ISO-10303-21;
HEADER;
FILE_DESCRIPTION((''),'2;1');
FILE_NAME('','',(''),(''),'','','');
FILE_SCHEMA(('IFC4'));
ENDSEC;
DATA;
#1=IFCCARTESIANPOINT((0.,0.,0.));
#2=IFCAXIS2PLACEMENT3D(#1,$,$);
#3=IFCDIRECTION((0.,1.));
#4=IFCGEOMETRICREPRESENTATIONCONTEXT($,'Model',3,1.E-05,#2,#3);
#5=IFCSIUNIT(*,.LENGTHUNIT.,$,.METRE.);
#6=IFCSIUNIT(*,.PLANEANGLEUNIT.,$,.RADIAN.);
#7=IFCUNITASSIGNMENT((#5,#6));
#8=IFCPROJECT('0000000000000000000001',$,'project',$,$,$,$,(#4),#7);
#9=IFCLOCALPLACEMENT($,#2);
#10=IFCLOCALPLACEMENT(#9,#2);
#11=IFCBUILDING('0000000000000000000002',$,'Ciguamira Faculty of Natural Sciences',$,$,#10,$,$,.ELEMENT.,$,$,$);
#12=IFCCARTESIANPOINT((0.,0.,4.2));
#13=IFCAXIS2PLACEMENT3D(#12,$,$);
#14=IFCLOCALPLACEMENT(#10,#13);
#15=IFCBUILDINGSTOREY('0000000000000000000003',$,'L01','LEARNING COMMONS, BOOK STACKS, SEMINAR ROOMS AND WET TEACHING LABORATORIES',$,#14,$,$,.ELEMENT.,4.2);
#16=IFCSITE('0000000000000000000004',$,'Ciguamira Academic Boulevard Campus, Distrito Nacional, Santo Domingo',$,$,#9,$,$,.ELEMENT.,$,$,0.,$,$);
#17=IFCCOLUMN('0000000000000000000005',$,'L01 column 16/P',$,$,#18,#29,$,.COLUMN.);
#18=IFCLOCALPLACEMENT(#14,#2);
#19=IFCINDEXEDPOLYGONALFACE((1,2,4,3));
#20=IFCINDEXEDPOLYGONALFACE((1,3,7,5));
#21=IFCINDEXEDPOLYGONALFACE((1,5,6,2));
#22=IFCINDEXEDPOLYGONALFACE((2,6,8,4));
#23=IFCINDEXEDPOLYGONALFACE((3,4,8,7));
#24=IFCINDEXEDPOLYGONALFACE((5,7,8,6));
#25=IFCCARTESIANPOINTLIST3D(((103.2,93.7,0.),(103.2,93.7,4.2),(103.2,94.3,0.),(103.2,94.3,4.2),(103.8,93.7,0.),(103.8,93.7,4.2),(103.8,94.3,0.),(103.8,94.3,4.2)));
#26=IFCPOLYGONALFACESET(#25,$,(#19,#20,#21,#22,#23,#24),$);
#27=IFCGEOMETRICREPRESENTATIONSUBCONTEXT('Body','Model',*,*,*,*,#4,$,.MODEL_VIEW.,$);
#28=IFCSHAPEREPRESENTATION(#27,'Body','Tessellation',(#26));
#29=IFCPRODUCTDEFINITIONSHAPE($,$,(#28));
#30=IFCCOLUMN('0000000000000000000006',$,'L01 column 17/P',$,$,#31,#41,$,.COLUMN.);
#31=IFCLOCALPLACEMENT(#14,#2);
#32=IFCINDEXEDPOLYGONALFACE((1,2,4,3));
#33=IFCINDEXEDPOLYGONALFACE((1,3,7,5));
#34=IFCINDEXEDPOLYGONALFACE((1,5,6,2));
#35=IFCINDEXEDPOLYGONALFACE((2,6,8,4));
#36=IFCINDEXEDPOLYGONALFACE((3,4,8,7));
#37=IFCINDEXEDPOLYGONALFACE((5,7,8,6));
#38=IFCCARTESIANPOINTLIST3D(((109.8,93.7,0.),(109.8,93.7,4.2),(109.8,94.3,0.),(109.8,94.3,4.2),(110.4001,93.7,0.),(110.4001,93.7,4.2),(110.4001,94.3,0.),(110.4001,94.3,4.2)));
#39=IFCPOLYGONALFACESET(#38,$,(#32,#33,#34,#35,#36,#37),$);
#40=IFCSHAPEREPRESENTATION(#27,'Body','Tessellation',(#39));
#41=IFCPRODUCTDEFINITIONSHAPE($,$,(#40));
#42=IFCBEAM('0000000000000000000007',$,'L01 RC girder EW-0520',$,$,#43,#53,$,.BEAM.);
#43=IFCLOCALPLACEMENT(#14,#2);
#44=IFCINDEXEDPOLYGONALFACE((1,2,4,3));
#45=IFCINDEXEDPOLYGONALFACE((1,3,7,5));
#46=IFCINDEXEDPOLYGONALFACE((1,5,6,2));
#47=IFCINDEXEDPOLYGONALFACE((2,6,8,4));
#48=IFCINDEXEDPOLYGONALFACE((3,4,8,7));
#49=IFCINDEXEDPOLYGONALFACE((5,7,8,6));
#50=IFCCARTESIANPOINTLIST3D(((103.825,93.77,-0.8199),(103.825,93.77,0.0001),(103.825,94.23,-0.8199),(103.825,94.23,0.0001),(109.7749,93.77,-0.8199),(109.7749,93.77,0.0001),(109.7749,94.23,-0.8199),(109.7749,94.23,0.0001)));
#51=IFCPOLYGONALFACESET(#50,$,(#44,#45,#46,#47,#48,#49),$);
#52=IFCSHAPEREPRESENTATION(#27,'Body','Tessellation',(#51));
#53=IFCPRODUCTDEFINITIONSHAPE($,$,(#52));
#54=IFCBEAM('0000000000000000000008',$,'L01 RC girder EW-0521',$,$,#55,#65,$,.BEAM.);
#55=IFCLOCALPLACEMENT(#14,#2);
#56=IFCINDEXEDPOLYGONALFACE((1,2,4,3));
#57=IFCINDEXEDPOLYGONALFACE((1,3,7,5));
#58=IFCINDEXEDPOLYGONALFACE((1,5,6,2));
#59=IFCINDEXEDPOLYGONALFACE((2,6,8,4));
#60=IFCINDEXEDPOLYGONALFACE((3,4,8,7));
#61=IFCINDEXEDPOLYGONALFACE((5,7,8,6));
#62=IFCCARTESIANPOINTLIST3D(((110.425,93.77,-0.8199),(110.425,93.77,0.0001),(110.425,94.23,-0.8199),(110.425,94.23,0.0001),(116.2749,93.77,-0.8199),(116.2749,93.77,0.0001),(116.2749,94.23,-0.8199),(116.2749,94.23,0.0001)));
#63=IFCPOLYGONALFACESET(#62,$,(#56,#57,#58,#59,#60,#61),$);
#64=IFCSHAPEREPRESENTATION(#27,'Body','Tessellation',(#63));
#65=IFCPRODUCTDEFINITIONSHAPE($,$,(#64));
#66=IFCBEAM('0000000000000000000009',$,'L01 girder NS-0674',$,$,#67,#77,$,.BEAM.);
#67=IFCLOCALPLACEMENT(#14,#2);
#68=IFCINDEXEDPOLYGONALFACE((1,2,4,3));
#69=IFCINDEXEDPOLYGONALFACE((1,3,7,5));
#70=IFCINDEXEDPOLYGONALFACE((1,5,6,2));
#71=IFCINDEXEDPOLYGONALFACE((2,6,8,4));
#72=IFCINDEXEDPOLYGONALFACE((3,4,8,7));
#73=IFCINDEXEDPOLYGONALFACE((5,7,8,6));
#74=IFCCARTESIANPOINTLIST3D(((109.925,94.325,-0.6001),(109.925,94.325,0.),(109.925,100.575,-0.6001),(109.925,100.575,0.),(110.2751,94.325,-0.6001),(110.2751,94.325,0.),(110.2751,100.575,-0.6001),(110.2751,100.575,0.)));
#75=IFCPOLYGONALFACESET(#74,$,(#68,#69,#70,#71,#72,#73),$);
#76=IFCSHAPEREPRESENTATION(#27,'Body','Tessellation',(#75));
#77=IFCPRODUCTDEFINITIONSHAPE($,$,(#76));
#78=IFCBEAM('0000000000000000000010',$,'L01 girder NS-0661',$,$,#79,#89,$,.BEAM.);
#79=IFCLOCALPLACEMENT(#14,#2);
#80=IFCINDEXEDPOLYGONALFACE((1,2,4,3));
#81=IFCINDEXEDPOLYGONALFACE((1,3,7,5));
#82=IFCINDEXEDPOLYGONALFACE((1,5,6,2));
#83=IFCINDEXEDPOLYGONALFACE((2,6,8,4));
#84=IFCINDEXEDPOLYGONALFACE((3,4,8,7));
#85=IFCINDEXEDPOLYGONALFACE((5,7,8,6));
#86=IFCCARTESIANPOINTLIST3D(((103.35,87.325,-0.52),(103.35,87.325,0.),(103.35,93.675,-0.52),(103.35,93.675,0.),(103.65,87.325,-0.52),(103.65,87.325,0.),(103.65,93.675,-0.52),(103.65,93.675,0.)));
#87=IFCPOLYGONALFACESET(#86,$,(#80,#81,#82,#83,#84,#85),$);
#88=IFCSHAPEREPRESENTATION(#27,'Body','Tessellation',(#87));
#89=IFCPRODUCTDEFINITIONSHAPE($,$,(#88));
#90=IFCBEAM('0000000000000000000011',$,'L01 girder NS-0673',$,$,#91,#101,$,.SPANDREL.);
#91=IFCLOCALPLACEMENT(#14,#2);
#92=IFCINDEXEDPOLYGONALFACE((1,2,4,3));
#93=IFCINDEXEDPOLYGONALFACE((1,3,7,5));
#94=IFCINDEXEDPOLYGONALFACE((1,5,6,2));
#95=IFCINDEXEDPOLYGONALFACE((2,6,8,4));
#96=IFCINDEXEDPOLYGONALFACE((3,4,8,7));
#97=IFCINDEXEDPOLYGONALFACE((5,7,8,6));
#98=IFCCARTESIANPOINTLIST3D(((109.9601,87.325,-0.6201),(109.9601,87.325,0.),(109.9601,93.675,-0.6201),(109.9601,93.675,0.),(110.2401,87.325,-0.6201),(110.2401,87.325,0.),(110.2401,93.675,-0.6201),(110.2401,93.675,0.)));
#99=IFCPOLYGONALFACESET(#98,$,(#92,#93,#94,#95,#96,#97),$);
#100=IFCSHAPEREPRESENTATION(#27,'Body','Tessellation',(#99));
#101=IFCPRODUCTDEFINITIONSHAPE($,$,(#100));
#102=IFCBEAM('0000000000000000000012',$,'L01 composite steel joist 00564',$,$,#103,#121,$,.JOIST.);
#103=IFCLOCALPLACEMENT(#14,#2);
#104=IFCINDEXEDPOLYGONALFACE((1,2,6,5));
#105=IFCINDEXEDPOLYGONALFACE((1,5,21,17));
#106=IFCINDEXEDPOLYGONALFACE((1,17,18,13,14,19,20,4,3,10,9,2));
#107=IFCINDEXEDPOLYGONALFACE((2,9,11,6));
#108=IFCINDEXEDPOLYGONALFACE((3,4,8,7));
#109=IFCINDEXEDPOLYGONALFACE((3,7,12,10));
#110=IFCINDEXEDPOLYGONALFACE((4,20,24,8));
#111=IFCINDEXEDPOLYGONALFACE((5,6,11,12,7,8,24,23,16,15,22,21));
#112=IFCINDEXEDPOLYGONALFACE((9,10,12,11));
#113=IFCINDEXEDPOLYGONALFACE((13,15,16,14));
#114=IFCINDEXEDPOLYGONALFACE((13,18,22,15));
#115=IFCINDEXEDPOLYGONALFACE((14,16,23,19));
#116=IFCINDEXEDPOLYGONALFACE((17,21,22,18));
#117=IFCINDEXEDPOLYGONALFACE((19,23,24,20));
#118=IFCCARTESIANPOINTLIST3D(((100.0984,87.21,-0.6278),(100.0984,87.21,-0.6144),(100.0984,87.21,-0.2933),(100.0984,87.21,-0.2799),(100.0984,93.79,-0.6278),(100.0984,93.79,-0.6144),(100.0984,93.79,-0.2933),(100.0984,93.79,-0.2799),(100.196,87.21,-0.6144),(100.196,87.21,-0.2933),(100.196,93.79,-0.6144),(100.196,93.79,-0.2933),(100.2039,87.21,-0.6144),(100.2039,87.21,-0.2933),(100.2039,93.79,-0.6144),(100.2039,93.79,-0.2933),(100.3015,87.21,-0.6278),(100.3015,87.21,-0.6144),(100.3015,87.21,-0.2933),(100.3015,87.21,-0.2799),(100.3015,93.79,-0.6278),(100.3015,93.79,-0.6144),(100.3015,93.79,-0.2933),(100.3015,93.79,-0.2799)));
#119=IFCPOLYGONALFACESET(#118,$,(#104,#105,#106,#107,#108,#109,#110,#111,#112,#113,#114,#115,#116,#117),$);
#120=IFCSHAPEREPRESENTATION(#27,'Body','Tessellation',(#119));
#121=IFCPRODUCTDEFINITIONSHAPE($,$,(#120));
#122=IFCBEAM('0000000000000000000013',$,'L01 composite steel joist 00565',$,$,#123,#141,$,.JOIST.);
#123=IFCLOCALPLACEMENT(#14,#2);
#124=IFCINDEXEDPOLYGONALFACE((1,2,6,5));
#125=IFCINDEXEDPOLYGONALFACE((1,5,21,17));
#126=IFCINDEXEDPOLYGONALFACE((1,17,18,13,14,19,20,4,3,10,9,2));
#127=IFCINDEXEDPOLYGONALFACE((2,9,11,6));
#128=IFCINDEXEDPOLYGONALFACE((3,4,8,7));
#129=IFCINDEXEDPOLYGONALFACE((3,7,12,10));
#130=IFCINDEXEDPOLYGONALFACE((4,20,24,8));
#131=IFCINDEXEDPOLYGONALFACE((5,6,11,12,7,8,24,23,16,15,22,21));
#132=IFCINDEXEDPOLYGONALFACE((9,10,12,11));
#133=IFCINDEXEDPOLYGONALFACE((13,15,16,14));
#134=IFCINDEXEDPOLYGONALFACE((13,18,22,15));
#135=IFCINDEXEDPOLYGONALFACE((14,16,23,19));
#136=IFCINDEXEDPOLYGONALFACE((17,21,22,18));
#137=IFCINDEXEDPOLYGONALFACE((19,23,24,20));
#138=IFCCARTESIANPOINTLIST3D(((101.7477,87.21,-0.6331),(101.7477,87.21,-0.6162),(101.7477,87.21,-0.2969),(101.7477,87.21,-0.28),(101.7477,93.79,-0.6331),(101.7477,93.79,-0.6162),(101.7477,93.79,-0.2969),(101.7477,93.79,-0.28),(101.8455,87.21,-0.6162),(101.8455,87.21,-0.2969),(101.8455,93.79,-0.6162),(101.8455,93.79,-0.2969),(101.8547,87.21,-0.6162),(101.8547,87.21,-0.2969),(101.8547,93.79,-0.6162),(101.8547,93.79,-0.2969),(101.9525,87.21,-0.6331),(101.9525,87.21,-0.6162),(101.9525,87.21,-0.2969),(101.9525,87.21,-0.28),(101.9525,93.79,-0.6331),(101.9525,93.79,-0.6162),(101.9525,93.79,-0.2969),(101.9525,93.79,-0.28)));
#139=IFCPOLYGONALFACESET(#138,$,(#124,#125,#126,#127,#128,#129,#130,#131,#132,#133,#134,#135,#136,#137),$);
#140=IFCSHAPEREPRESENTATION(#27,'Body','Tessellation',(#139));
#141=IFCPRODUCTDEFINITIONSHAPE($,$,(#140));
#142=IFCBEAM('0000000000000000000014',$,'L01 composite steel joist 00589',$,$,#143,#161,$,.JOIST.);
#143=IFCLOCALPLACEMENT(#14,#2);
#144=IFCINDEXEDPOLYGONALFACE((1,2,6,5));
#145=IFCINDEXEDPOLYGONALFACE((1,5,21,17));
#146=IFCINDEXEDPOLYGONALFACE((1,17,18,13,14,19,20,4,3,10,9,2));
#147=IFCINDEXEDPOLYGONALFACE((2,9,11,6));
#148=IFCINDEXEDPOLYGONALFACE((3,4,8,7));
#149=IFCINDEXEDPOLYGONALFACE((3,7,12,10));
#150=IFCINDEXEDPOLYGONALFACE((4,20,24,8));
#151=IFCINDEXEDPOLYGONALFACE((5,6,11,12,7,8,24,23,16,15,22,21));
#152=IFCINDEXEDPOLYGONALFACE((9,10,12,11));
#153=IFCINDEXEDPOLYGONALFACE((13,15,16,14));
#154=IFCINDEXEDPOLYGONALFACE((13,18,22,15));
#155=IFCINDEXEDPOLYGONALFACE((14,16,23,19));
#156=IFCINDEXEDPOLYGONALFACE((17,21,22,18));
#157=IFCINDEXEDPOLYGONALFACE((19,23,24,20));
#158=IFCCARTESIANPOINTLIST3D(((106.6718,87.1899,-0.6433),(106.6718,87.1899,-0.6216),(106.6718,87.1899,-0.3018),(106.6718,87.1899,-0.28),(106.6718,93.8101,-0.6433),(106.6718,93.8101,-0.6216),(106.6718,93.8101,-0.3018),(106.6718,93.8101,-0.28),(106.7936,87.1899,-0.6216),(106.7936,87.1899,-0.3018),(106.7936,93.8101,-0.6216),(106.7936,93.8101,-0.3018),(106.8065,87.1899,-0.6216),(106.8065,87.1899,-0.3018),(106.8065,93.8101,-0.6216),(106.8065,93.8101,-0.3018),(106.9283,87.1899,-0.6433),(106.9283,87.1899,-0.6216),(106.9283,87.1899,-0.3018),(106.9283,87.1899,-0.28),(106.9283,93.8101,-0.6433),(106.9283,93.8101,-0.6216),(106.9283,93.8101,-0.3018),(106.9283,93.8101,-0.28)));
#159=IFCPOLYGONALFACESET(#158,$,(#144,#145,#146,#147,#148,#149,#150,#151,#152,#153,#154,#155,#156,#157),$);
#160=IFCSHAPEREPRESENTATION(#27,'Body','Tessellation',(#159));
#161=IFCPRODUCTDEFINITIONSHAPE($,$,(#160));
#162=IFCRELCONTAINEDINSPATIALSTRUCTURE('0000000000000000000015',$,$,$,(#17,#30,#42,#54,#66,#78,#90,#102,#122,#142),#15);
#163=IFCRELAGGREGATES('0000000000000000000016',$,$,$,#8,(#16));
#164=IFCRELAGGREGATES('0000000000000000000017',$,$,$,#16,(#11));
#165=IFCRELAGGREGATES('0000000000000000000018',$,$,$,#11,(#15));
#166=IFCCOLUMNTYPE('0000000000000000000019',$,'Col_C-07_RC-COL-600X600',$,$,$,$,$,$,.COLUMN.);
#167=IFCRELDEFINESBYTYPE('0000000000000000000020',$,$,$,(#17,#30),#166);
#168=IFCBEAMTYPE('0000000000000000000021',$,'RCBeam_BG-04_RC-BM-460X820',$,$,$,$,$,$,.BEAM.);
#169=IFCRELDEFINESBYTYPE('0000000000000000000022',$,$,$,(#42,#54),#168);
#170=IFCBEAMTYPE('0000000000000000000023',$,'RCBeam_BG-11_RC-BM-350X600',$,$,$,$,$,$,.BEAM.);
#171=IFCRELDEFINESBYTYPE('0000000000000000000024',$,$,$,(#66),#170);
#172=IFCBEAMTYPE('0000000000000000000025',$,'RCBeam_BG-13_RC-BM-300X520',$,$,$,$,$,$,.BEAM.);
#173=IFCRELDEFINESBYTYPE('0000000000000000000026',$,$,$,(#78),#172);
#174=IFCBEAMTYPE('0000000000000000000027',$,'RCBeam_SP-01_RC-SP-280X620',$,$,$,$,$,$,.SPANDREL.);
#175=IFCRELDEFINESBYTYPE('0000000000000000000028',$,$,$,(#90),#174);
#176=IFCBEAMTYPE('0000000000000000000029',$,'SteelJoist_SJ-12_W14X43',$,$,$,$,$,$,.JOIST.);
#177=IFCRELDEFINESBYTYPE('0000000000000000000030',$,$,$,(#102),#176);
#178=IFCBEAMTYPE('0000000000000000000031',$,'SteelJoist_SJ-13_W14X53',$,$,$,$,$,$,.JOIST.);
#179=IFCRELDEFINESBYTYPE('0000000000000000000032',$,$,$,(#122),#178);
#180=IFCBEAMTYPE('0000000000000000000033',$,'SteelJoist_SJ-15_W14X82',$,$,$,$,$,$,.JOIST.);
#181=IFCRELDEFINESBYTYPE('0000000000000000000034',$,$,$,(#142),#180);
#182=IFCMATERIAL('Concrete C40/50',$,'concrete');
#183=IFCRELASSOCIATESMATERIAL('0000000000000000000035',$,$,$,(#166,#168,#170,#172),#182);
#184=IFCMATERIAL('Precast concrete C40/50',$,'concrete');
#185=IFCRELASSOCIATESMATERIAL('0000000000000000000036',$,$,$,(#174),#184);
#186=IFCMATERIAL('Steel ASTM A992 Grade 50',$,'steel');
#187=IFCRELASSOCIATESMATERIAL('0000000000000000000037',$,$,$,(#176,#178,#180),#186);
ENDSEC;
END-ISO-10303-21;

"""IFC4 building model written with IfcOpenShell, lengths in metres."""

from ifc_helpers import new_model, si_unit, direction, frame, origin, origin_2d, place, context, subcontext, project, spatial, rectangle, i_section, extrude, material, material_profile, profile_set, type_object, element, save


model = new_model("IFC4")

# Units and contexts
model_context = context("Model", 3, precision=1e-05, world=origin(), true_north=direction((0.0, 1.0)))
body_context = subcontext(model_context, "Body", "Model", "MODEL_VIEW")
ifc_project = project(units=[si_unit("LENGTHUNIT", "METRE"), si_unit("PLANEANGLEUNIT", "RADIAN")], contexts=[model_context])

# Site, building, storey
site_placement = place(None, origin())
site = spatial("IfcSite", under=ifc_project, at=site_placement, Name="Ciguamira Academic Boulevard Campus, Distrito Nacional, Santo Domingo", CompositionType="ELEMENT", RefElevation=0.0)
building_placement = place(site_placement, origin())
building = spatial("IfcBuilding", under=site, at=building_placement, Name="Ciguamira Faculty of Natural Sciences", CompositionType="ELEMENT")
storey_placement = place(building_placement, frame((0.0, 0.0, 4.2)))
storey = spatial("IfcBuildingStorey", under=building, at=storey_placement, Name="L01", Description="LEARNING COMMONS, BOOK STACKS, SEMINAR ROOMS AND WET TEACHING LABORATORIES", CompositionType="ELEMENT", Elevation=4.2)

# Columns
ifc_material_1 = material(Name="Concrete C40/50", Category="concrete")
ifc_material_profile_1 = material_profile(ifc_material_1, rectangle(XDim=0.6001, YDim=0.6001, at=origin_2d()), Name="RC-COL-600X600")
ifc_profile_set_1 = profile_set([ifc_material_profile_1], Name="Concrete C40/50")
column_type = type_object("IfcColumnType", Name="Col_C-07_RC-COL-600X600", PredefinedType="COLUMN", material=ifc_profile_set_1)
for number, where, z_axis, x_axis, name in (
    (1, (103.5, 94.0, 0.0), (0.0, 0.0, 1.0), (1.0, 0.0, 0.0), "L01 column 16/P"),
    (2, (110.1001, 94.0, 0.0), (0.0, 0.0, 1.0), (1.0, 0.0, 0.0), "L01 column 17/P"),
):
    element("IfcColumn", number, at=place(storey_placement, frame(where, z_axis=z_axis, x_axis=x_axis)), inside=storey, type_object=column_type, Name=name, PredefinedType="COLUMN", context=body_context, shape_type="SweptSolid", body=[
        extrude(rectangle(XDim=0.6001, YDim=0.6001, at=origin_2d()), origin(), (0.0, 0.0, 1.0), 4.2),
    ])

# Beams
ifc_material_profile_2 = material_profile(ifc_material_1, rectangle(XDim=0.46, YDim=0.8201, at=origin_2d()), Name="RC-BM-460X820")
ifc_profile_set_2 = profile_set([ifc_material_profile_2], Name="Concrete C40/50")
beam_type_1 = type_object("IfcBeamType", Name="RCBeam_BG-04_RC-BM-460X820", PredefinedType="BEAM", material=ifc_profile_set_2)
beam_1_placement = place(storey_placement, frame((103.825, 94.0, -0.4099), z_axis=(1.0, 0.0, 0.0), x_axis=(0.0, 1.0, 0.0)))
element("IfcBeam", 3, at=beam_1_placement, inside=storey, type_object=beam_type_1, Name="L01 RC girder EW-0520", PredefinedType="BEAM", context=body_context, shape_type="SweptSolid", body=[
    extrude(rectangle(XDim=0.46, YDim=0.8201, at=origin_2d()), origin(), (0.0, 0.0, 1.0), 5.95),
])
beam_2_placement = place(storey_placement, frame((110.425, 94.0, -0.4099), z_axis=(1.0, 0.0, 0.0), x_axis=(0.0, 1.0, 0.0)))
element("IfcBeam", 4, at=beam_2_placement, inside=storey, type_object=beam_type_1, Name="L01 RC girder EW-0521", PredefinedType="BEAM", context=body_context, shape_type="SweptSolid", body=[
    extrude(rectangle(XDim=0.46, YDim=0.8201, at=origin_2d()), origin(), (0.0, 0.0, 1.0), 5.8499),
])
ifc_material_profile_3 = material_profile(ifc_material_1, rectangle(XDim=0.3501, YDim=0.6001, at=origin_2d()), Name="RC-BM-350X600")
ifc_profile_set_3 = profile_set([ifc_material_profile_3], Name="Concrete C40/50")
beam_type_2 = type_object("IfcBeamType", Name="RCBeam_BG-11_RC-BM-350X600", PredefinedType="BEAM", material=ifc_profile_set_3)
beam_3_placement = place(storey_placement, frame((110.1001, 94.325, -0.3), z_axis=(0.0, 1.0, 0.0), x_axis=(-1.0, 0.0, 0.0)))
element("IfcBeam", 5, at=beam_3_placement, inside=storey, type_object=beam_type_2, Name="L01 girder NS-0674", PredefinedType="BEAM", context=body_context, shape_type="SweptSolid", body=[
    extrude(rectangle(XDim=0.3501, YDim=0.6001, at=origin_2d()), origin(), (0.0, 0.0, 1.0), 6.25),
])
ifc_material_profile_4 = material_profile(ifc_material_1, rectangle(XDim=0.3, YDim=0.52, at=origin_2d()), Name="RC-BM-300X520")
ifc_profile_set_4 = profile_set([ifc_material_profile_4], Name="Concrete C40/50")
beam_type_3 = type_object("IfcBeamType", Name="RCBeam_BG-13_RC-BM-300X520", PredefinedType="BEAM", material=ifc_profile_set_4)
beam_4_placement = place(storey_placement, frame((103.5, 87.325, -0.26), z_axis=(0.0, 1.0, 0.0), x_axis=(-1.0, 0.0, 0.0)))
element("IfcBeam", 6, at=beam_4_placement, inside=storey, type_object=beam_type_3, Name="L01 girder NS-0661", PredefinedType="BEAM", context=body_context, shape_type="SweptSolid", body=[
    extrude(rectangle(XDim=0.3, YDim=0.52, at=origin_2d()), origin(), (0.0, 0.0, 1.0), 6.3501),
])
ifc_material_2 = material(Name="Precast concrete C40/50", Category="concrete")
ifc_material_profile_5 = material_profile(ifc_material_2, rectangle(XDim=0.28, YDim=0.6201, at=origin_2d()), Name="RC-SP-280X620")
ifc_profile_set_5 = profile_set([ifc_material_profile_5], Name="Precast concrete C40/50")
beam_type_4 = type_object("IfcBeamType", Name="RCBeam_SP-01_RC-SP-280X620", PredefinedType="SPANDREL", material=ifc_profile_set_5)
beam_5_placement = place(storey_placement, frame((110.1001, 87.325, -0.3101), z_axis=(0.0, 1.0, 0.0), x_axis=(-1.0, 0.0, 0.0)))
element("IfcBeam", 7, at=beam_5_placement, inside=storey, type_object=beam_type_4, Name="L01 girder NS-0673", PredefinedType="SPANDREL", context=body_context, shape_type="SweptSolid", body=[
    extrude(rectangle(XDim=0.28, YDim=0.6201, at=origin_2d()), origin(), (0.0, 0.0, 1.0), 6.3501),
])
ifc_material_3 = material(Name="Steel ASTM A992 Grade 50", Category="steel")
ifc_material_profile_6 = material_profile(ifc_material_3, i_section(OverallWidth=0.2031, OverallDepth=0.3479, WebThickness=0.0078, FlangeThickness=0.0134, at=origin_2d()), Name="W14X43")
ifc_profile_set_6 = profile_set([ifc_material_profile_6], Name="Steel ASTM A992 Grade 50")
beam_type_5 = type_object("IfcBeamType", Name="SteelJoist_SJ-12_W14X43", PredefinedType="JOIST", material=ifc_profile_set_6)
beam_6_placement = place(storey_placement, frame((100.2, 87.21, -0.4539), z_axis=(0.0, 1.0, 0.0), x_axis=(-1.0, 0.0, 0.0)))
element("IfcBeam", 8, at=beam_6_placement, inside=storey, type_object=beam_type_5, Name="L01 composite steel joist 00564", PredefinedType="JOIST", context=body_context, shape_type="SweptSolid", body=[
    extrude(i_section(OverallWidth=0.2031, OverallDepth=0.3479, WebThickness=0.0078, FlangeThickness=0.0134, at=origin_2d()), origin(), (0.0, 0.0, 1.0), 6.5801),
])
ifc_material_profile_7 = material_profile(ifc_material_3, i_section(OverallWidth=0.2048, OverallDepth=0.353, WebThickness=0.0093, FlangeThickness=0.0168, at=origin_2d()), Name="W14X53")
ifc_profile_set_7 = profile_set([ifc_material_profile_7], Name="Steel ASTM A992 Grade 50")
beam_type_6 = type_object("IfcBeamType", Name="SteelJoist_SJ-13_W14X53", PredefinedType="JOIST", material=ifc_profile_set_7)
beam_7_placement = place(storey_placement, frame((101.8501, 87.21, -0.4565), z_axis=(0.0, 1.0, 0.0), x_axis=(-1.0, 0.0, 0.0)))
element("IfcBeam", 9, at=beam_7_placement, inside=storey, type_object=beam_type_6, Name="L01 composite steel joist 00565", PredefinedType="JOIST", context=body_context, shape_type="SweptSolid", body=[
    extrude(i_section(OverallWidth=0.2048, OverallDepth=0.353, WebThickness=0.0093, FlangeThickness=0.0168, at=origin_2d()), origin(), (0.0, 0.0, 1.0), 6.5801),
])
ifc_material_profile_8 = material_profile(ifc_material_3, i_section(OverallWidth=0.2566, OverallDepth=0.3633, WebThickness=0.0129, FlangeThickness=0.0217, at=origin_2d()), Name="W14X82")
ifc_profile_set_8 = profile_set([ifc_material_profile_8], Name="Steel ASTM A992 Grade 50")
beam_type_7 = type_object("IfcBeamType", Name="SteelJoist_SJ-15_W14X82", PredefinedType="JOIST", material=ifc_profile_set_8)
beam_8_placement = place(storey_placement, frame((106.8, 87.1899, -0.4617), z_axis=(0.0, 1.0, 0.0), x_axis=(-1.0, 0.0, 0.0)))
element("IfcBeam", 10, at=beam_8_placement, inside=storey, type_object=beam_type_7, Name="L01 composite steel joist 00589", PredefinedType="JOIST", context=body_context, shape_type="SweptSolid", body=[
    extrude(i_section(OverallWidth=0.2566, OverallDepth=0.3633, WebThickness=0.0129, FlangeThickness=0.0217, at=origin_2d()), origin(), (0.0, 0.0, 1.0), 6.6201),
])

save(model, "model.ifc")
